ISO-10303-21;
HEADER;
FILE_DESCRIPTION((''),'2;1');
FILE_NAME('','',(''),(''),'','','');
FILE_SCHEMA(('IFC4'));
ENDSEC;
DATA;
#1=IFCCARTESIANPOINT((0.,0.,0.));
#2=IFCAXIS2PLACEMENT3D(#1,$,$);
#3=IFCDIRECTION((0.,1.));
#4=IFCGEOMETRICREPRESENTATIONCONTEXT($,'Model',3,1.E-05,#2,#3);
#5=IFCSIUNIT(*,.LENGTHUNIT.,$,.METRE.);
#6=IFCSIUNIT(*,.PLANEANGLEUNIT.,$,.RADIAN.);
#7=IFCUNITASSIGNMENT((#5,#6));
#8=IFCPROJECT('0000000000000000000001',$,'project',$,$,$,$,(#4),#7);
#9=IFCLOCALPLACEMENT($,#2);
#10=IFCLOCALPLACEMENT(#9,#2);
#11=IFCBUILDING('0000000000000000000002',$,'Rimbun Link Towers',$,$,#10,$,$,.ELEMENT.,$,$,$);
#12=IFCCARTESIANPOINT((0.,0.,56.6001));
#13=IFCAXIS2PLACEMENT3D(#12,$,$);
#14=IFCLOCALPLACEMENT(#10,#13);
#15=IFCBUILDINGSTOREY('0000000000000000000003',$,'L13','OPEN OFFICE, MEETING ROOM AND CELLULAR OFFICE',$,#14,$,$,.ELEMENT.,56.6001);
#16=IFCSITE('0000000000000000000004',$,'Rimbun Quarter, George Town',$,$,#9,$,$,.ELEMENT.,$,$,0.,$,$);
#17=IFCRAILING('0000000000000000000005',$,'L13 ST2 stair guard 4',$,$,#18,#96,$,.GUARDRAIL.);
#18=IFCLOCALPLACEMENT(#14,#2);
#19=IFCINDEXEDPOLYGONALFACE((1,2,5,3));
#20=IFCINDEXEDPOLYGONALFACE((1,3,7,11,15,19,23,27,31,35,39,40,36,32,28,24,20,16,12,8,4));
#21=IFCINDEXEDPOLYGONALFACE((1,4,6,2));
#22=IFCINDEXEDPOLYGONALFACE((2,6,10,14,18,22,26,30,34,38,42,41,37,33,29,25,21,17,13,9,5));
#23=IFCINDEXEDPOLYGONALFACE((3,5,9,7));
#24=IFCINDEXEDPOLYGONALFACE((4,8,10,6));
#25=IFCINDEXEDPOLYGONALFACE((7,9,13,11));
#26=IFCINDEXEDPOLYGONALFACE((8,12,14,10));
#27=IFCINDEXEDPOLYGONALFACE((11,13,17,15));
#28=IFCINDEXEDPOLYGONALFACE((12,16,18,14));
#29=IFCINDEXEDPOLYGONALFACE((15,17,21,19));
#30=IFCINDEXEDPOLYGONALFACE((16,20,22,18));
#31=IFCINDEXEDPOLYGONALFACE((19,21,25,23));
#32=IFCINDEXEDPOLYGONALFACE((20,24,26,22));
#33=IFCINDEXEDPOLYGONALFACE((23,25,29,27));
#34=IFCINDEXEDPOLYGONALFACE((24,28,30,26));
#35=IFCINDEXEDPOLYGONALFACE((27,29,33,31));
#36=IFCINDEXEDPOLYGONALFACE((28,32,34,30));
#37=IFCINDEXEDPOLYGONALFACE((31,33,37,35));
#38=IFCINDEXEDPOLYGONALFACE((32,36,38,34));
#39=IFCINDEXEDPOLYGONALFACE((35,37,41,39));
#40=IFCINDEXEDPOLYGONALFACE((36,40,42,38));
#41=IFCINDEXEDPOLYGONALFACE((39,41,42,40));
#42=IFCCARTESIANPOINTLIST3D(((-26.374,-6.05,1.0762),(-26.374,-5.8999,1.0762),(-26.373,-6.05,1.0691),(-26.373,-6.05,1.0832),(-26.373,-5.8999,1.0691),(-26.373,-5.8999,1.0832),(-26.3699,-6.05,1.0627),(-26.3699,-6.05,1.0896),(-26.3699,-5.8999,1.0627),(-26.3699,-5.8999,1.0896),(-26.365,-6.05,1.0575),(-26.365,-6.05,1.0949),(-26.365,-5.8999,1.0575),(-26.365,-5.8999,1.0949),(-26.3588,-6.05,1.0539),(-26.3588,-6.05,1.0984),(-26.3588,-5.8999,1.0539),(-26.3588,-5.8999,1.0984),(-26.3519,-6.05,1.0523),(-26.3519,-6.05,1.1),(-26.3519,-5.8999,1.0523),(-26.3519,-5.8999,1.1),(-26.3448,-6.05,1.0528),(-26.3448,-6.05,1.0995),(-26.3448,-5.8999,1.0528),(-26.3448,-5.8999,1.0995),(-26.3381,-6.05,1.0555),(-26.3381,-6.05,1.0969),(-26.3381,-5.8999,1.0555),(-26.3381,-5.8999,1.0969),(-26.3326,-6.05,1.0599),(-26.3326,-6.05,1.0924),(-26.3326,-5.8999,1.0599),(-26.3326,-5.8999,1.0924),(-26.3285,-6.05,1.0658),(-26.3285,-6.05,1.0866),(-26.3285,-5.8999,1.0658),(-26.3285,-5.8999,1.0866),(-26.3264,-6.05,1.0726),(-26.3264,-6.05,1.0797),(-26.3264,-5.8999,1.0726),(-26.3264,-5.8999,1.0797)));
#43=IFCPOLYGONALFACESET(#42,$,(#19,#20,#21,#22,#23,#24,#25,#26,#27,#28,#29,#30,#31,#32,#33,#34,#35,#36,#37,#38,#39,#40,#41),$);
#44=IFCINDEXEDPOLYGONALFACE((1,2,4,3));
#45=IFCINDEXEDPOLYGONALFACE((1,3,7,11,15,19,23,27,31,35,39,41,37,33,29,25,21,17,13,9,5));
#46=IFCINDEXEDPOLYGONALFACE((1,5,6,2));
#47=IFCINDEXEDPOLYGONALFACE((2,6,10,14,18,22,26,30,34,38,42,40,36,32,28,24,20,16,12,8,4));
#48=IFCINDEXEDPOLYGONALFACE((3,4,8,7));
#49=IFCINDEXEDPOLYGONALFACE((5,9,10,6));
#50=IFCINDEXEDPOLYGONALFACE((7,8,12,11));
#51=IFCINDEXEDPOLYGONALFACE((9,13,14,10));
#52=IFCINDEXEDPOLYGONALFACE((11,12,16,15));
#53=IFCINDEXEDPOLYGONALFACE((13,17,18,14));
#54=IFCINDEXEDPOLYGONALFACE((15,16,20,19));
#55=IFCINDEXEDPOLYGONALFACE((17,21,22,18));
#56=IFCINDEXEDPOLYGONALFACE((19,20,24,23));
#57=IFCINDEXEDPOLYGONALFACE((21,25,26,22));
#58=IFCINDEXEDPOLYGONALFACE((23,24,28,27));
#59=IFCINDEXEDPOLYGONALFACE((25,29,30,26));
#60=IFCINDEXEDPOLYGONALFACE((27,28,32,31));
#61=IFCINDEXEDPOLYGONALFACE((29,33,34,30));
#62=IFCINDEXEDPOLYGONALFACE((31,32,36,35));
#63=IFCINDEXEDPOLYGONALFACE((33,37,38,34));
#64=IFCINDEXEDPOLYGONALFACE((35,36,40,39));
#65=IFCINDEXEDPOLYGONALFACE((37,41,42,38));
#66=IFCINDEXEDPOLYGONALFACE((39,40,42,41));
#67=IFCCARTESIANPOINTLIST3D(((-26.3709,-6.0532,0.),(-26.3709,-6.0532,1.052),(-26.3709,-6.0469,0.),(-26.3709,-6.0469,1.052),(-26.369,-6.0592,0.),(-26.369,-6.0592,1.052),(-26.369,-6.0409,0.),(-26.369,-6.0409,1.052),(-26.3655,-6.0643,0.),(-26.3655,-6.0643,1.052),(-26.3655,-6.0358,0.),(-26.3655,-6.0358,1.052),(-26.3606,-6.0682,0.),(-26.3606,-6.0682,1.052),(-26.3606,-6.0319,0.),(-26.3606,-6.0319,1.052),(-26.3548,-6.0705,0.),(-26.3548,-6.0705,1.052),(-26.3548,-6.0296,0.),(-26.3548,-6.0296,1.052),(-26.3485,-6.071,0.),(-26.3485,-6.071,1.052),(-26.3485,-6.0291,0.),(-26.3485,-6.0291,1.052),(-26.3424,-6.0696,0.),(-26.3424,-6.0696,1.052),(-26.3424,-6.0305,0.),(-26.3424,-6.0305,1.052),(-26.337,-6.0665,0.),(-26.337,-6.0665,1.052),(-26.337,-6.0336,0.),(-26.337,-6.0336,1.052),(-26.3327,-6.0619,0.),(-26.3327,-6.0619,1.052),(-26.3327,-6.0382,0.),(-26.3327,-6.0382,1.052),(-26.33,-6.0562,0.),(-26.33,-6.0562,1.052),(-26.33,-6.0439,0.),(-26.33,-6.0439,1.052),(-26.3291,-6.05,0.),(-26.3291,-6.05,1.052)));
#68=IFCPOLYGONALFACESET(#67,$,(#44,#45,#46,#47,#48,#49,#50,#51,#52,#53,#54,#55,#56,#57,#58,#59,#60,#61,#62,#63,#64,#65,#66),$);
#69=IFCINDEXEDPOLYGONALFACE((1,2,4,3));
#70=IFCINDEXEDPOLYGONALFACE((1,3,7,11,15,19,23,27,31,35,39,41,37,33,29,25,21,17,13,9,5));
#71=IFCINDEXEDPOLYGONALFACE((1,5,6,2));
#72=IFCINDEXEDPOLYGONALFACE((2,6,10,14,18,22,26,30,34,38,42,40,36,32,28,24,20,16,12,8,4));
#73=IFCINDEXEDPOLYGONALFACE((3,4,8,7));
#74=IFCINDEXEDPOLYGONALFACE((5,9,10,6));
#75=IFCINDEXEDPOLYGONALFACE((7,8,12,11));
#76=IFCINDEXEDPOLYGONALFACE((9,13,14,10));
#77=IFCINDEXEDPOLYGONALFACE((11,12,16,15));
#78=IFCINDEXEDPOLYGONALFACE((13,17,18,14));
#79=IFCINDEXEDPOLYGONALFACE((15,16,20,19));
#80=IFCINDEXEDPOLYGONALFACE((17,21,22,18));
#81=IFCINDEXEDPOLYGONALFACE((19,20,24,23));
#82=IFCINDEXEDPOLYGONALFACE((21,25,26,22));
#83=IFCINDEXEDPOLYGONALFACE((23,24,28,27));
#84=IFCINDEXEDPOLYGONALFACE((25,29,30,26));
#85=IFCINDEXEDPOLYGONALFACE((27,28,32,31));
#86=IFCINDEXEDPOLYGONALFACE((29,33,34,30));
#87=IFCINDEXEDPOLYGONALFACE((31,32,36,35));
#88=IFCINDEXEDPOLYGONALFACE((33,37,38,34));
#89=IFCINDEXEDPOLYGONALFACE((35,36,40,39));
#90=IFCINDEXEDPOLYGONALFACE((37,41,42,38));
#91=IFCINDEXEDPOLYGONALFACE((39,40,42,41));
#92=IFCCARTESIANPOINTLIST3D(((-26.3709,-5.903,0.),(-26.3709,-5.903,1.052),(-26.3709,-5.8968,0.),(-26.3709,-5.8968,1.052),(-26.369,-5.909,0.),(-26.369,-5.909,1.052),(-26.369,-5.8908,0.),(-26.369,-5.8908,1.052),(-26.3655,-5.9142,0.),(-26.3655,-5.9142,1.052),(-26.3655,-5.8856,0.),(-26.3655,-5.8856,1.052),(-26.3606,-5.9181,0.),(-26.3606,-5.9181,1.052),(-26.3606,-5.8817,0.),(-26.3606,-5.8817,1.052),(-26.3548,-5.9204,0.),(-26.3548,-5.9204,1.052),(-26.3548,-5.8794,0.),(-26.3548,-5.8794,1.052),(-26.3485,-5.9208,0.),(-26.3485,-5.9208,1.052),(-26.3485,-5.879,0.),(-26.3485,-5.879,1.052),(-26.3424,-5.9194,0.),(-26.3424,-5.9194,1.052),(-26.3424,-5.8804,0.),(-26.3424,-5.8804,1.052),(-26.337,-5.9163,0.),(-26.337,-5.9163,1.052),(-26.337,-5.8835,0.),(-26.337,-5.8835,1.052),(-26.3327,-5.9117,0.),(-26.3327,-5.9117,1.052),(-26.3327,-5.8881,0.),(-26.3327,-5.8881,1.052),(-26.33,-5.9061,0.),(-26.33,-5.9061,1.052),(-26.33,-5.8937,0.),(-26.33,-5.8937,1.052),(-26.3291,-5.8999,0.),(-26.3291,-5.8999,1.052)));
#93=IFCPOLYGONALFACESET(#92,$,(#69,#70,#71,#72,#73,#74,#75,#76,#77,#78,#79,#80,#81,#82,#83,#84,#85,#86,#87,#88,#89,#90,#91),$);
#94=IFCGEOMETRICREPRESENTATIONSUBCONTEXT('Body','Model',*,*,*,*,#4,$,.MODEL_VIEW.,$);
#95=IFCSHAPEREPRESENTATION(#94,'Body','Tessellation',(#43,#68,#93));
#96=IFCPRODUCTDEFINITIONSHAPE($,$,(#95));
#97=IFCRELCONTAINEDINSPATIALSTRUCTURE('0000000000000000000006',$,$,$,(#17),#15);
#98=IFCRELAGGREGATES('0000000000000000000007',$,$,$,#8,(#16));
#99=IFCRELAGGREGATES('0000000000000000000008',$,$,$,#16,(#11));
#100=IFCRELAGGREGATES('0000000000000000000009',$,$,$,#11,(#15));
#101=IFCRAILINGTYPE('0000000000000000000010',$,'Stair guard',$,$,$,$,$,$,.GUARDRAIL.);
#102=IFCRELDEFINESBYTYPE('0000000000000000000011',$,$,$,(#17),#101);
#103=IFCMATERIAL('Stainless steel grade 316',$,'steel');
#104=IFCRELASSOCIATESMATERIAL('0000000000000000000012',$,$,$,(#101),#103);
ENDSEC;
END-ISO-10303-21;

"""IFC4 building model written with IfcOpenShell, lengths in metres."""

from ifc_helpers import new_model, si_unit, direction, frame, origin, origin_2d, place, context, subcontext, project, spatial, circle, extrude, material, type_object, element, save


model = new_model("IFC4")

# Units and contexts
model_context = context("Model", 3, precision=1e-05, world=origin(), true_north=direction((0.0, 1.0)))
body_context = subcontext(model_context, "Body", "Model", "MODEL_VIEW")
ifc_project = project(units=[si_unit("LENGTHUNIT", "METRE"), si_unit("PLANEANGLEUNIT", "RADIAN")], contexts=[model_context])

# Site, building, storey
site_placement = place(None, origin())
site = spatial("IfcSite", under=ifc_project, at=site_placement, Name="Rimbun Quarter, George Town", CompositionType="ELEMENT", RefElevation=0.0)
building_placement = place(site_placement, origin())
building = spatial("IfcBuilding", under=site, at=building_placement, Name="Rimbun Link Towers", CompositionType="ELEMENT")
storey_placement = place(building_placement, frame((0.0, 0.0, 56.6001)))
storey = spatial("IfcBuildingStorey", under=building, at=storey_placement, Name="L13", Description="OPEN OFFICE, MEETING ROOM AND CELLULAR OFFICE", CompositionType="ELEMENT", Elevation=56.6001)

# Railing
ifc_material_1 = material(Name="Stainless steel grade 316", Category="steel")
railing_type_1 = type_object("IfcRailingType", Name="Stair guard", PredefinedType="GUARDRAIL", material=ifc_material_1)
railing_1_placement = place(storey_placement, frame((-26.3501, -6.05, 0.0)))
element("IfcRailing", 1, at=railing_1_placement, inside=storey, type_object=railing_type_1, Name="L13 ST2 stair guard 4", PredefinedType="GUARDRAIL", context=body_context, shape_type="SweptSolid", body=[
    extrude(circle(Radius=0.0239, at=origin_2d()), frame((0.0, 0.0, 1.0762), z_axis=(0.0, 1.0, 0.0), x_axis=(-1.0, 0.0, 0.0)), (0.0, 0.0, 1.0), 0.1501),
    extrude(circle(Radius=0.021, at=origin_2d()), origin(), (0.0, 0.0, 1.0), 1.052),
    extrude(circle(Radius=0.021, at=origin_2d()), frame((0.0, 0.1501, 0.0)), (0.0, 0.0, 1.0), 1.052),
])

save(model, "model.ifc")
